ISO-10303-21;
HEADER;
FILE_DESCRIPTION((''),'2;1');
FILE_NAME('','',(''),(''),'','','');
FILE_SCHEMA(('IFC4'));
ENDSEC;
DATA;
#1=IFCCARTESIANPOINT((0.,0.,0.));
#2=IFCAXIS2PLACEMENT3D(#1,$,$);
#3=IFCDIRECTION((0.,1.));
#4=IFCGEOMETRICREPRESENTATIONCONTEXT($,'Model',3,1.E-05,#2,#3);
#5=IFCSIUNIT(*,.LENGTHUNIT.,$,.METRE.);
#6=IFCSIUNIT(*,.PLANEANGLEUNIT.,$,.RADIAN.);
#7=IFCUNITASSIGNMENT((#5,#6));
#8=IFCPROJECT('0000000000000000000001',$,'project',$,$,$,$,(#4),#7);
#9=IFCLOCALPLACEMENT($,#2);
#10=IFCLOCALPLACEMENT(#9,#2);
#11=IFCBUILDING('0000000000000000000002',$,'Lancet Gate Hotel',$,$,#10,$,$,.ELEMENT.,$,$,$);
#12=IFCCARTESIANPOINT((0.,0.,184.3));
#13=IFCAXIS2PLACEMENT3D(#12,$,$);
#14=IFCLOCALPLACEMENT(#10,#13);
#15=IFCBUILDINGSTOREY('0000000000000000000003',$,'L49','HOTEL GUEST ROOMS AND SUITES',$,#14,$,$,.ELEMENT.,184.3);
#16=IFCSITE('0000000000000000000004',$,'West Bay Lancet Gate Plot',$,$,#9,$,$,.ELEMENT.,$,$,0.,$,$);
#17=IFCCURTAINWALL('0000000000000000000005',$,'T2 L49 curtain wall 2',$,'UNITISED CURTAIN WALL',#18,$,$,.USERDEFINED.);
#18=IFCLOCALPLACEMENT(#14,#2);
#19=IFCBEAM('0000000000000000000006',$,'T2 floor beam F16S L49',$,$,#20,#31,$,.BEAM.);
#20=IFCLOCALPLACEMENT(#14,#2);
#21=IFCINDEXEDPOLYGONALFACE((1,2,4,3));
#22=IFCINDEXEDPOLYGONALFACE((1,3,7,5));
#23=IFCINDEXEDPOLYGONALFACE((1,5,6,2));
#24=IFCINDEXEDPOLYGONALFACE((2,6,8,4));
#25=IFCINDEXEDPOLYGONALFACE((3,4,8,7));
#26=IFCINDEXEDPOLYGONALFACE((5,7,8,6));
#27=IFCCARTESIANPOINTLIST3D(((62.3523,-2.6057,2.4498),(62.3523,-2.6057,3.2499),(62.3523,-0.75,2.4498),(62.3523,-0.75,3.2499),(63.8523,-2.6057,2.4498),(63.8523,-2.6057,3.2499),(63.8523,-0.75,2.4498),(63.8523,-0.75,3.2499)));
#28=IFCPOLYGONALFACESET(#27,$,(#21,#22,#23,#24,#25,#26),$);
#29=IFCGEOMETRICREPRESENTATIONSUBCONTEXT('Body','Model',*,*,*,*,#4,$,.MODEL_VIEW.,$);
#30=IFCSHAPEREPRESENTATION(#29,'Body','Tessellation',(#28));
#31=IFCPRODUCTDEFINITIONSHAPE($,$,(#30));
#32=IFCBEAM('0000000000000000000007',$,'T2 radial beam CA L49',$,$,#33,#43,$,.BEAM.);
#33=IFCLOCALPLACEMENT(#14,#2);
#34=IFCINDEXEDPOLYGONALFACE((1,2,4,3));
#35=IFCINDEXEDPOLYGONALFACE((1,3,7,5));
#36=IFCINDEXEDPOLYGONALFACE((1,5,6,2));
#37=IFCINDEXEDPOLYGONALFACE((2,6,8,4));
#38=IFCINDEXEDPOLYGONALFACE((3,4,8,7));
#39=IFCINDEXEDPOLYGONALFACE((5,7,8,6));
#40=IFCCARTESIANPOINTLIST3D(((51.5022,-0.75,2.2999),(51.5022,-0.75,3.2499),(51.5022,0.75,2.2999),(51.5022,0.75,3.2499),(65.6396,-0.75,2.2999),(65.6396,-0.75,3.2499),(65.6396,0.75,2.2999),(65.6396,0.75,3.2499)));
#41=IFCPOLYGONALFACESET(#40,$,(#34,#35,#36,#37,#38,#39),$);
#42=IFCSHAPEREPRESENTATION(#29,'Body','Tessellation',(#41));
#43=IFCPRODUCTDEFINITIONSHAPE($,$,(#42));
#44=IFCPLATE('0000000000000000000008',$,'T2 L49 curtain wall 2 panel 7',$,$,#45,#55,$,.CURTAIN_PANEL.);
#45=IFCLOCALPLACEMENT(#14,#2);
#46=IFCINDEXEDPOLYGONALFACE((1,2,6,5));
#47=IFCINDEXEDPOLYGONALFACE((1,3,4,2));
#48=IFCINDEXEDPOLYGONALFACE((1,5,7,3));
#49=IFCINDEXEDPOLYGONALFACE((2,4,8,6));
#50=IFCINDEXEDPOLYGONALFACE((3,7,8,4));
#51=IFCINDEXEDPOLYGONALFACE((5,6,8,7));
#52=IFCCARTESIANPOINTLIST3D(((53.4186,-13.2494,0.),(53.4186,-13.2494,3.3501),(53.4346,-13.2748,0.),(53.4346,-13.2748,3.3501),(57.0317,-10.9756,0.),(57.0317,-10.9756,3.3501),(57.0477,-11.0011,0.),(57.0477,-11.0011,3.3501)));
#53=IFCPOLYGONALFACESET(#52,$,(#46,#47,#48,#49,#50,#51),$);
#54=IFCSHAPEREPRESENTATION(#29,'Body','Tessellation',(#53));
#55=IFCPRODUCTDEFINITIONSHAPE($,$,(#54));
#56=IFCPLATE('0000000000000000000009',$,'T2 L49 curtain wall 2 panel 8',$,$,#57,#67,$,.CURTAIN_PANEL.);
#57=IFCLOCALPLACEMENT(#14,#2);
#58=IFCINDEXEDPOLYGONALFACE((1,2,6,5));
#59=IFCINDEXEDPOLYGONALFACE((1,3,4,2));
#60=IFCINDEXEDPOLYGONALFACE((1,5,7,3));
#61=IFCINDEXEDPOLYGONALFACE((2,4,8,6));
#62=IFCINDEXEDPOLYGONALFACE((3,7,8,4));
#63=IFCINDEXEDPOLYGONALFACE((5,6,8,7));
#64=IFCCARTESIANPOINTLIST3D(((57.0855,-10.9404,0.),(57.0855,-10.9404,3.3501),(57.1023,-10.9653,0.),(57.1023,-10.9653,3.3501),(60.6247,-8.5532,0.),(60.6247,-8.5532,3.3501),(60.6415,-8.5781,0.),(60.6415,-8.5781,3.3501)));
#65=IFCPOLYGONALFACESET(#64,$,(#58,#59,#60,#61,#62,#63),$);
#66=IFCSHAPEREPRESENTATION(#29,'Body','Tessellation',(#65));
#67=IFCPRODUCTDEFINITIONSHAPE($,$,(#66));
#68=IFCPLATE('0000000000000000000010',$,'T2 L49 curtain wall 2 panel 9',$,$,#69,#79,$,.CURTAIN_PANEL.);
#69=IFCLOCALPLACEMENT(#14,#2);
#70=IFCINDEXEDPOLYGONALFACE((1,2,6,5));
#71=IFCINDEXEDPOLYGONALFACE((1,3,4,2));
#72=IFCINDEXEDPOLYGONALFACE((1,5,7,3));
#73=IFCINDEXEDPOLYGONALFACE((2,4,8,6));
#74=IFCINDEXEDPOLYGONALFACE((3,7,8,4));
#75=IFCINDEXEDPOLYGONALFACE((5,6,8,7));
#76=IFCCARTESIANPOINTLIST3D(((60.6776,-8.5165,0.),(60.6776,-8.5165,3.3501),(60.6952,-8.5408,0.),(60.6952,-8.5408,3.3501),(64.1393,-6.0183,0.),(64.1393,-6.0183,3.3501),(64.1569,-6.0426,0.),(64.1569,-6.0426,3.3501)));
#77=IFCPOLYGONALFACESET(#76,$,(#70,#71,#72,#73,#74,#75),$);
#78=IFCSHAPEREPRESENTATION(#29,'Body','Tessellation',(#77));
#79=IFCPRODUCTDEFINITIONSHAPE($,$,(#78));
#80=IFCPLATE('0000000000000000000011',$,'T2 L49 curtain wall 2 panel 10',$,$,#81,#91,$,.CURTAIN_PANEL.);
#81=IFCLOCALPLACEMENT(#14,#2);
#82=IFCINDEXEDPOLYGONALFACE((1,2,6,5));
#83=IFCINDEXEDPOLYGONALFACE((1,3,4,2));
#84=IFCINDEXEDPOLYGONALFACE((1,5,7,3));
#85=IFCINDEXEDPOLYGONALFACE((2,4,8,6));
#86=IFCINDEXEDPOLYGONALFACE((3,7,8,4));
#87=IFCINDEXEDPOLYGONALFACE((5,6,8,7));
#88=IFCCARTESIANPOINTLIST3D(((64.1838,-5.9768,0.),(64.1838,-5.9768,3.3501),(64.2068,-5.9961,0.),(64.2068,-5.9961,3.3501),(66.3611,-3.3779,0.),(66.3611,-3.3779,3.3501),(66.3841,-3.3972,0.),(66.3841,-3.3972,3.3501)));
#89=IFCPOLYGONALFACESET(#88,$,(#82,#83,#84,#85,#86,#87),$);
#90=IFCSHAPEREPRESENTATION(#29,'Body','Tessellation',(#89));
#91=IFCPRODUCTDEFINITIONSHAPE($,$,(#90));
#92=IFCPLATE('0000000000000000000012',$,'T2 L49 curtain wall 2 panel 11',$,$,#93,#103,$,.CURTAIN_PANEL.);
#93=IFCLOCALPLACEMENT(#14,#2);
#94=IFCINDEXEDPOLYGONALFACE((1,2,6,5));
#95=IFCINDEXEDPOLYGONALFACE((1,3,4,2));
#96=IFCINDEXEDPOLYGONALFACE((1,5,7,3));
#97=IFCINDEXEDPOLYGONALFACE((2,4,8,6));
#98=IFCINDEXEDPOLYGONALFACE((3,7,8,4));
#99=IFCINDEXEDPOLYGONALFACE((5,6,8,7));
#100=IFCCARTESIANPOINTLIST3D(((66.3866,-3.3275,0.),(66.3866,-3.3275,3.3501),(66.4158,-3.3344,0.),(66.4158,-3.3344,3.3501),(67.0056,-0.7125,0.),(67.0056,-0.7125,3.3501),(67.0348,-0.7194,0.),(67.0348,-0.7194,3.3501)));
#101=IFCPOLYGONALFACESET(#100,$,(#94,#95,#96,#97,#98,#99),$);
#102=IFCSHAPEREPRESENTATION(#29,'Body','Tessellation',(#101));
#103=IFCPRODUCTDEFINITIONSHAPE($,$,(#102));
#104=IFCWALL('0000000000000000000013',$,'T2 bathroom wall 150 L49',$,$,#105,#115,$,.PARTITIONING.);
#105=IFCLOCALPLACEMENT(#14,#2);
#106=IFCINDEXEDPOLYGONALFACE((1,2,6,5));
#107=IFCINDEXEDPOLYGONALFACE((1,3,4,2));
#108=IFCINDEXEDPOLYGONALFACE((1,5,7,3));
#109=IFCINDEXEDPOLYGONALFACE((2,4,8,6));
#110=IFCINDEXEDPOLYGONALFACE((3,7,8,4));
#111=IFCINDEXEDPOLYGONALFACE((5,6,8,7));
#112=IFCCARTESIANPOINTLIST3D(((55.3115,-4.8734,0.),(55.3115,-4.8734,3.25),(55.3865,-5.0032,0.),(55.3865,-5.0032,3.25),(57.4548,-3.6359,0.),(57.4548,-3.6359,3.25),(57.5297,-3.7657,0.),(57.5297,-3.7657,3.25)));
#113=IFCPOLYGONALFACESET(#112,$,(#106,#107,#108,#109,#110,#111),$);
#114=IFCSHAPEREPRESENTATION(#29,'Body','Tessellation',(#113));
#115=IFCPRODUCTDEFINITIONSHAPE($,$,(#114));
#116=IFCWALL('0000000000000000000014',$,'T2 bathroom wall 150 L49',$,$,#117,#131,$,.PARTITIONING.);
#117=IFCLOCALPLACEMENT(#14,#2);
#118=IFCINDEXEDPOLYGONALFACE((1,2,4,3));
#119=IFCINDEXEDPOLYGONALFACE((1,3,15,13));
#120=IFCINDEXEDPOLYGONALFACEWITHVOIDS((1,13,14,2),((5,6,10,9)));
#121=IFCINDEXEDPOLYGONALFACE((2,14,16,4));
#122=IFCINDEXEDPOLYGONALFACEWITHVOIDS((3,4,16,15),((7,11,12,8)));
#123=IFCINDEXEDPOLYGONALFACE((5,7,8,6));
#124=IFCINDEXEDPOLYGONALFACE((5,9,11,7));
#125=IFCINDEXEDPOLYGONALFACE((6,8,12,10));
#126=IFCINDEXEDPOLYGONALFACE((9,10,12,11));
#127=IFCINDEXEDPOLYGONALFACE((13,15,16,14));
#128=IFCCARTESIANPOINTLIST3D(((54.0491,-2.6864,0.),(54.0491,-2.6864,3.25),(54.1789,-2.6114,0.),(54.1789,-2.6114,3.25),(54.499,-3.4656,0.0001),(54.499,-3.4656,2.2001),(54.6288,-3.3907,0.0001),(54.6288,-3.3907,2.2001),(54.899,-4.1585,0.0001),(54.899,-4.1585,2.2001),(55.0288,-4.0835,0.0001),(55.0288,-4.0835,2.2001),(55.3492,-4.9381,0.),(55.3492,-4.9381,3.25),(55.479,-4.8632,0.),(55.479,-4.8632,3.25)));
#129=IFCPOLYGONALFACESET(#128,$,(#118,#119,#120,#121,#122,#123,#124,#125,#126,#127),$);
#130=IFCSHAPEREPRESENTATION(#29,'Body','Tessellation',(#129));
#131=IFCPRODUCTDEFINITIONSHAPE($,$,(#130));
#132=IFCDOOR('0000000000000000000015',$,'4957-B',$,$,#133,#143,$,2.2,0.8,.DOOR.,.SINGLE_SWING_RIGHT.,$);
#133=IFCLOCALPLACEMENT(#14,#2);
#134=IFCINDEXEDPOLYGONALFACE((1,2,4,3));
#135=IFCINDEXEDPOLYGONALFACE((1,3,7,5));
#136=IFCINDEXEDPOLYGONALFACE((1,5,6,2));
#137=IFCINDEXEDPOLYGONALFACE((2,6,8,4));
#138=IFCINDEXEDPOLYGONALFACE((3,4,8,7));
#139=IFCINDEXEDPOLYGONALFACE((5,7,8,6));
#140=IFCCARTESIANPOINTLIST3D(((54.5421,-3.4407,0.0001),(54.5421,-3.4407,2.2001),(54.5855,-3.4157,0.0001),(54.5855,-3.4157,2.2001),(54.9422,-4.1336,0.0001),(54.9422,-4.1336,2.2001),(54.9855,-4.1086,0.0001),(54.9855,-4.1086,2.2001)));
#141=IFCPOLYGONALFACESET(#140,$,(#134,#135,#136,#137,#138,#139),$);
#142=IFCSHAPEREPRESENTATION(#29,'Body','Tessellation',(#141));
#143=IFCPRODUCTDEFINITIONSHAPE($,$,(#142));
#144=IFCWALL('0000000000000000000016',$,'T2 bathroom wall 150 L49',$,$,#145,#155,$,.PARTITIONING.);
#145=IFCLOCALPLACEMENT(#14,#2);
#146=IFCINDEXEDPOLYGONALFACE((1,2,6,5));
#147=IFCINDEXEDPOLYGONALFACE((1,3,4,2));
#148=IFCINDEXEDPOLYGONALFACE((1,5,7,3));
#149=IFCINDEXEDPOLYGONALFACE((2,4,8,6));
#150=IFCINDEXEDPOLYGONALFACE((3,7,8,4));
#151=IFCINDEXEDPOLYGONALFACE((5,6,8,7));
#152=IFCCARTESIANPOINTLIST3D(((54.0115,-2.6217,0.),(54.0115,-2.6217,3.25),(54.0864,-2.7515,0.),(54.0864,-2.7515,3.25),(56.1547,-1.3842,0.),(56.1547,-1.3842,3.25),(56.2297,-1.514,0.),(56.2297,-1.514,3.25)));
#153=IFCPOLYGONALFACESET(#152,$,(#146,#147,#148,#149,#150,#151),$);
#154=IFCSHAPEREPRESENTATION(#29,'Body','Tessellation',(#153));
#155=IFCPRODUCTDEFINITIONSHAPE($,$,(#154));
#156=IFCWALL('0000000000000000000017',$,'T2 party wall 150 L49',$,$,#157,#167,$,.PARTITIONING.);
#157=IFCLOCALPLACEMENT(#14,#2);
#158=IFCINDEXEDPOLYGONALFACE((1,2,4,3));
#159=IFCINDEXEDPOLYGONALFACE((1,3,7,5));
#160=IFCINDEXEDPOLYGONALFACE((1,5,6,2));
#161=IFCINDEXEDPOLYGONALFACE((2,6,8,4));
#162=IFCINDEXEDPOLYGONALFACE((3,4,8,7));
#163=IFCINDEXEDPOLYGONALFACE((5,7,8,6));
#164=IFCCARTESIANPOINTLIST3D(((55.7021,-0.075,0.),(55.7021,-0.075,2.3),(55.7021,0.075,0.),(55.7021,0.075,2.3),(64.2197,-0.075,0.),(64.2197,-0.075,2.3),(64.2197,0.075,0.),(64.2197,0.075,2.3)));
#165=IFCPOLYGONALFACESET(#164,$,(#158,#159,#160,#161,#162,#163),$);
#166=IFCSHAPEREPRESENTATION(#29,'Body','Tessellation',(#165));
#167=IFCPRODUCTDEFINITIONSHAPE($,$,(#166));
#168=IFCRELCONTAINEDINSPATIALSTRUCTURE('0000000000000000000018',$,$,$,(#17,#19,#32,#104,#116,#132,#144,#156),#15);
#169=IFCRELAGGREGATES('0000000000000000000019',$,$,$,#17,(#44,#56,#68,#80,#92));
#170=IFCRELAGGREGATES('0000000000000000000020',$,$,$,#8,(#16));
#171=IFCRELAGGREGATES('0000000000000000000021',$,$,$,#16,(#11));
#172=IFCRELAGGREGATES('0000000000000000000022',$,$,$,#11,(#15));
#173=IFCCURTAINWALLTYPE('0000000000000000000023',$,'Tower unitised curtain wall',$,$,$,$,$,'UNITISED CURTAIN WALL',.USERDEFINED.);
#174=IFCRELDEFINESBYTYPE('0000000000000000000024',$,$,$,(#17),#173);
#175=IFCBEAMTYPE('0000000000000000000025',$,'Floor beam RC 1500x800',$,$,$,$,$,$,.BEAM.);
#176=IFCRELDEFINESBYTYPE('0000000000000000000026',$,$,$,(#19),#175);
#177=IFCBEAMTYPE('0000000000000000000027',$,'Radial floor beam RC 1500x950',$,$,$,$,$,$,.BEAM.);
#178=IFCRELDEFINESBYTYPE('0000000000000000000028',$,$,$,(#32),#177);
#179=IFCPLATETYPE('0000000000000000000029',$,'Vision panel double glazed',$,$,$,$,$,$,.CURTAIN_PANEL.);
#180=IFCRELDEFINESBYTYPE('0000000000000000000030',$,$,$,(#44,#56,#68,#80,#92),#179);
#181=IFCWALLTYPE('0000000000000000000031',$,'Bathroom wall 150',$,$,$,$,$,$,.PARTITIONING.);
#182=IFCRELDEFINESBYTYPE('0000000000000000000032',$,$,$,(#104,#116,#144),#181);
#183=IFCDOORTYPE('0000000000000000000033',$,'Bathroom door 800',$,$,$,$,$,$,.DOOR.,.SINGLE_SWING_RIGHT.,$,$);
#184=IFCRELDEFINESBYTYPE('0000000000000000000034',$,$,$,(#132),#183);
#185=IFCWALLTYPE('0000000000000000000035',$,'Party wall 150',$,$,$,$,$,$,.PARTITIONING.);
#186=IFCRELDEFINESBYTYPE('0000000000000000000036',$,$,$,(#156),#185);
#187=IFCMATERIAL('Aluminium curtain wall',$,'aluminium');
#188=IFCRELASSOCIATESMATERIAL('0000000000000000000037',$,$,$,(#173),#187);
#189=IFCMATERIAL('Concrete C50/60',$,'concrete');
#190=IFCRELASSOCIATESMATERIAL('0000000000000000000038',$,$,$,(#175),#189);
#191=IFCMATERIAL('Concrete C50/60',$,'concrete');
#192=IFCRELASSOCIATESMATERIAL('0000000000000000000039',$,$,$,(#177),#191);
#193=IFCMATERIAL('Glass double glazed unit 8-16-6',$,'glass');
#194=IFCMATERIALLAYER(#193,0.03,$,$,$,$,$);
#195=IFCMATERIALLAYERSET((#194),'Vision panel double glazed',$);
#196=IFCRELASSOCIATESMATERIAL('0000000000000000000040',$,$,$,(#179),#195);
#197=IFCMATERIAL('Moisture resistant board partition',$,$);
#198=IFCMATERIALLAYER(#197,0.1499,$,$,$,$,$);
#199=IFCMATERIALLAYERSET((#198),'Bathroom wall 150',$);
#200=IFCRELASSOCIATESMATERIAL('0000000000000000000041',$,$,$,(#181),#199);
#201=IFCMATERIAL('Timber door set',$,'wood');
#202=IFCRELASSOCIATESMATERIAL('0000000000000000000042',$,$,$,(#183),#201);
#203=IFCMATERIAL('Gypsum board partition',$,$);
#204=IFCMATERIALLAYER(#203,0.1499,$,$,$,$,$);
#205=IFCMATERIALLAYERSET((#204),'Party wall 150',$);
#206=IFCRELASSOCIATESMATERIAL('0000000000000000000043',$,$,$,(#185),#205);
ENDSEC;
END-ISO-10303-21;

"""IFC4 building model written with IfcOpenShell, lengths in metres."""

from ifc_helpers import new_model, si_unit, direction, frame, frame_2d, origin, origin_2d, place, context, subcontext, project, spatial, rectangle, extrude, material, layer, layer_set, material_profile, profile_set, type_object, element, fill, aggregate, save


model = new_model("IFC4")

# Units and contexts
model_context = context("Model", 3, precision=1e-05, world=origin(), true_north=direction((0.0, 1.0)))
body_context = subcontext(model_context, "Body", "Model", "MODEL_VIEW")
ifc_project = project(units=[si_unit("LENGTHUNIT", "METRE"), si_unit("PLANEANGLEUNIT", "RADIAN")], contexts=[model_context])

# Site, building, storey
site_placement = place(None, origin())
site = spatial("IfcSite", under=ifc_project, at=site_placement, Name="West Bay Lancet Gate Plot", CompositionType="ELEMENT", RefElevation=0.0)
building_placement = place(site_placement, origin())
building = spatial("IfcBuilding", under=site, at=building_placement, Name="Lancet Gate Hotel", CompositionType="ELEMENT")
storey_placement = place(building_placement, frame((0.0, 0.0, 184.3)))
storey = spatial("IfcBuildingStorey", under=building, at=storey_placement, Name="L49", Description="HOTEL GUEST ROOMS AND SUITES", CompositionType="ELEMENT", Elevation=184.3)

# Curtain wall
ifc_material_1 = material(Name="Aluminium curtain wall", Category="aluminium")
curtain_wall_type = type_object("IfcCurtainWallType", Name="Tower unitised curtain wall", ElementType="UNITISED CURTAIN WALL", PredefinedType="USERDEFINED", material=ifc_material_1)
curtain_wall_placement = place(storey_placement, origin())
curtain_wall = element("IfcCurtainWall", 1, at=curtain_wall_placement, inside=storey, type_object=curtain_wall_type, Name="T2 L49 curtain wall 2", ObjectType="UNITISED CURTAIN WALL", PredefinedType="USERDEFINED")

# Beams
ifc_material_2 = material(Name="Concrete C50/60", Category="concrete")
ifc_material_profile_1 = material_profile(ifc_material_2, rectangle(XDim=1.5, YDim=0.8, at=origin_2d()), Name="RC 1500x800")
ifc_profile_set_1 = profile_set([ifc_material_profile_1], Name="Concrete C50/60")
beam_type_1 = type_object("IfcBeamType", Name="Floor beam RC 1500x800", PredefinedType="BEAM", material=ifc_profile_set_1)
beam_1_placement = place(storey_placement, frame((63.1023, -2.6057, 2.8499), z_axis=(0.0, 1.0, 0.0), x_axis=(-1.0, 0.0, 0.0)))
element("IfcBeam", 2, at=beam_1_placement, inside=storey, type_object=beam_type_1, Name="T2 floor beam F16S L49", PredefinedType="BEAM", context=body_context, shape_type="SweptSolid", body=[
    extrude(rectangle(XDim=1.5, YDim=0.8, at=origin_2d()), origin(), (0.0, 0.0, 1.0), 1.8557),
])
ifc_material_3 = material(Name="Concrete C50/60", Category="concrete")
ifc_material_profile_2 = material_profile(ifc_material_3, rectangle(XDim=1.5, YDim=0.95, at=origin_2d()), Name="RC 1500x950")
ifc_profile_set_2 = profile_set([ifc_material_profile_2], Name="Concrete C50/60")
beam_type_2 = type_object("IfcBeamType", Name="Radial floor beam RC 1500x950", PredefinedType="BEAM", material=ifc_profile_set_2)
beam_2_placement = place(storey_placement, frame((65.6396, 0.0, 2.7749), z_axis=(-1.0, 0.0, 0.0), x_axis=(0.0, -1.0, 0.0)))
element("IfcBeam", 3, at=beam_2_placement, inside=storey, type_object=beam_type_2, Name="T2 radial beam CA L49", PredefinedType="BEAM", context=body_context, shape_type="SweptSolid", body=[
    extrude(rectangle(XDim=1.5, YDim=0.95, at=origin_2d()), origin(), (0.0, 0.0, 1.0), 14.1375),
])

# Plates
ifc_material_4 = material(Name="Glass double glazed unit 8-16-6", Category="glass")
ifc_layer_1 = layer(ifc_material_4, 0.03)
ifc_layer_set_1 = layer_set([ifc_layer_1], Name="Vision panel double glazed")
plate_type = type_object("IfcPlateType", Name="Vision panel double glazed", PredefinedType="CURTAIN_PANEL", material=ifc_layer_set_1)
plate_1_placement = place(storey_placement, frame((55.2332, -12.1252, 0.0), z_axis=(0.0, 0.0, 1.0), x_axis=(0.846352, 0.532623, 0.0)))
plate_1 = element("IfcPlate", 4, at=plate_1_placement, type_object=plate_type, Name="T2 L49 curtain wall 2 panel 7", PredefinedType="CURTAIN_PANEL", context=body_context, shape_type="SweptSolid", body=[
    extrude(rectangle(XDim=4.269, YDim=0.03, at=origin_2d()), origin(), (0.0, 0.0, 1.0), 3.3501),
])
plate_2_placement = place(storey_placement, frame((58.8635, -9.7593, 0.0), z_axis=(0.0, 0.0, 1.0), x_axis=(0.829039, 0.559191, 0.0)))
plate_2 = element("IfcPlate", 5, at=plate_2_placement, type_object=plate_type, Name="T2 L49 curtain wall 2 panel 8", PredefinedType="CURTAIN_PANEL", context=body_context, shape_type="SweptSolid", body=[
    extrude(rectangle(XDim=4.269, YDim=0.03, at=origin_2d()), origin(), (0.0, 0.0, 1.0), 3.3501),
])
plate_3_placement = place(storey_placement, frame((62.4172, -7.2795, 0.0), z_axis=(0.0, 0.0, 1.0), x_axis=(0.810891, 0.585197, 0.0)))
plate_3 = element("IfcPlate", 6, at=plate_3_placement, type_object=plate_type, Name="T2 L49 curtain wall 2 panel 9", PredefinedType="CURTAIN_PANEL", context=body_context, shape_type="SweptSolid", body=[
    extrude(rectangle(XDim=4.269, YDim=0.03, at=origin_2d()), origin(), (0.0, 0.0, 1.0), 3.3501),
])
plate_4_placement = place(storey_placement, frame((65.2839, -4.687, 0.0), z_axis=(0.0, 0.0, 1.0), x_axis=(0.642199, 0.766538, 0.0)))
plate_4 = element("IfcPlate", 7, at=plate_4_placement, type_object=plate_type, Name="T2 L49 curtain wall 2 panel 10", PredefinedType="CURTAIN_PANEL", context=body_context, shape_type="SweptSolid", body=[
    extrude(rectangle(XDim=3.3904, YDim=0.03, at=origin_2d()), origin(), (0.0, 0.0, 1.0), 3.3501),
])
plate_5_placement = place(storey_placement, frame((66.7107, -2.0234, 0.0), z_axis=(0.0, 0.0, 1.0), x_axis=(0.230367, 0.973104, 0.0)))
plate_5 = element("IfcPlate", 8, at=plate_5_placement, type_object=plate_type, Name="T2 L49 curtain wall 2 panel 11", PredefinedType="CURTAIN_PANEL", context=body_context, shape_type="SweptSolid", body=[
    extrude(rectangle(XDim=2.6873, YDim=0.03, at=origin_2d()), origin(), (0.0, 0.0, 1.0), 3.3501),
])
aggregate(curtain_wall, [plate_1, plate_2, plate_3, plate_4, plate_5])

# Wall
ifc_material_5 = material(Name="Moisture resistant board partition")
ifc_layer_2 = layer(ifc_material_5, 0.1499)
ifc_layer_set_2 = layer_set([ifc_layer_2], Name="Bathroom wall 150")
wall_type_1 = type_object("IfcWallType", Name="Bathroom wall 150", PredefinedType="PARTITIONING", material=ifc_layer_set_2)
wall_1_placement = place(storey_placement, frame((55.3491, -4.9382, 0.0), z_axis=(0.0, 0.0, 1.0), x_axis=(0.866007, 0.500033, 0.0)))
element("IfcWall", 9, at=wall_1_placement, inside=storey, type_object=wall_type_1, Name="T2 bathroom wall 150 L49", PredefinedType="PARTITIONING", context=body_context, shape_type="SweptSolid", body=[
    extrude(rectangle(XDim=2.4749, YDim=0.1499, at=frame_2d((1.2373, 0.0))), origin(), (0.0, 0.0, 1.0), 3.25),
])

# Wall, opening, door
wall_2_placement = place(storey_placement, frame((54.114, -2.6489, 0.0), z_axis=(0.0, 0.0, 1.0), x_axis=(0.500007, -0.866021, 0.0)))
wall_2 = element("IfcWall", 10, at=wall_2_placement, inside=storey, type_object=wall_type_1, Name="T2 bathroom wall 150 L49", PredefinedType="PARTITIONING", context=body_context, shape_type="SweptSolid", body=[
    extrude(rectangle(XDim=2.6001, YDim=0.1499, at=frame_2d((1.3, 0.0))), origin(), (0.0, 0.0, 1.0), 3.25),
])
opening_placement = place(wall_2_placement, frame((0.8999, 0.0, 0.0)))
opening = element("IfcOpeningElement", 11, at=opening_placement, cuts=wall_2, PredefinedType="OPENING", context=body_context, shape_type="SweptSolid", body=[
    extrude(rectangle(XDim=0.8, YDim=2.2, at=frame_2d((0.3999, 1.1001))), frame((0.0, 0.085, 0.0), z_axis=(0.0, -1.0, 0.0), x_axis=(1.0, 0.0, 0.0)), (0.0, 0.0, 1.0), 0.1699),
])
ifc_material_6 = material(Name="Timber door set", Category="wood")
door_type = type_object("IfcDoorType", Name="Bathroom door 800", OperationType="SINGLE_SWING_RIGHT", PredefinedType="DOOR", material=ifc_material_6)
door_placement = place(opening_placement, origin())
door = element("IfcDoor", 12, at=door_placement, inside=storey, type_object=door_type, Name="4957-B", OperationType="SINGLE_SWING_RIGHT", OverallHeight=2.2, OverallWidth=0.8, PredefinedType="DOOR", context=body_context, shape_type="SweptSolid", body=[
    extrude(rectangle(XDim=0.8, YDim=2.2, at=frame_2d((0.3999, 1.1001))), frame((0.0, 0.0249, 0.0), z_axis=(0.0, -1.0, 0.0), x_axis=(1.0, 0.0, 0.0)), (0.0, 0.0, 1.0), 0.05),
])
fill(opening, door)

# Walls
wall_3_placement = place(storey_placement, frame((54.0491, -2.6865, 0.0), z_axis=(0.0, 0.0, 1.0), x_axis=(0.866007, 0.500033, 0.0)))
element("IfcWall", 13, at=wall_3_placement, inside=storey, type_object=wall_type_1, Name="T2 bathroom wall 150 L49", PredefinedType="PARTITIONING", context=body_context, shape_type="SweptSolid", body=[
    extrude(rectangle(XDim=2.4749, YDim=0.1499, at=frame_2d((1.2373, 0.0))), origin(), (0.0, 0.0, 1.0), 3.25),
])
ifc_material_7 = material(Name="Gypsum board partition")
ifc_layer_3 = layer(ifc_material_7, 0.1499)
ifc_layer_set_3 = layer_set([ifc_layer_3], Name="Party wall 150")
wall_type_2 = type_object("IfcWallType", Name="Party wall 150", PredefinedType="PARTITIONING", material=ifc_layer_set_3)
wall_4_placement = place(storey_placement, frame((55.7021, 0.0, 0.0), z_axis=(0.0, 0.0, 1.0), x_axis=(1.0, 0.0, 0.0)))
element("IfcWall", 14, at=wall_4_placement, inside=storey, type_object=wall_type_2, Name="T2 party wall 150 L49", PredefinedType="PARTITIONING", context=body_context, shape_type="SweptSolid", body=[
    extrude(rectangle(XDim=8.5176, YDim=0.1499, at=frame_2d((4.2588, 0.0))), origin(), (0.0, 0.0, 1.0), 2.3),
])

save(model, "model.ifc")
